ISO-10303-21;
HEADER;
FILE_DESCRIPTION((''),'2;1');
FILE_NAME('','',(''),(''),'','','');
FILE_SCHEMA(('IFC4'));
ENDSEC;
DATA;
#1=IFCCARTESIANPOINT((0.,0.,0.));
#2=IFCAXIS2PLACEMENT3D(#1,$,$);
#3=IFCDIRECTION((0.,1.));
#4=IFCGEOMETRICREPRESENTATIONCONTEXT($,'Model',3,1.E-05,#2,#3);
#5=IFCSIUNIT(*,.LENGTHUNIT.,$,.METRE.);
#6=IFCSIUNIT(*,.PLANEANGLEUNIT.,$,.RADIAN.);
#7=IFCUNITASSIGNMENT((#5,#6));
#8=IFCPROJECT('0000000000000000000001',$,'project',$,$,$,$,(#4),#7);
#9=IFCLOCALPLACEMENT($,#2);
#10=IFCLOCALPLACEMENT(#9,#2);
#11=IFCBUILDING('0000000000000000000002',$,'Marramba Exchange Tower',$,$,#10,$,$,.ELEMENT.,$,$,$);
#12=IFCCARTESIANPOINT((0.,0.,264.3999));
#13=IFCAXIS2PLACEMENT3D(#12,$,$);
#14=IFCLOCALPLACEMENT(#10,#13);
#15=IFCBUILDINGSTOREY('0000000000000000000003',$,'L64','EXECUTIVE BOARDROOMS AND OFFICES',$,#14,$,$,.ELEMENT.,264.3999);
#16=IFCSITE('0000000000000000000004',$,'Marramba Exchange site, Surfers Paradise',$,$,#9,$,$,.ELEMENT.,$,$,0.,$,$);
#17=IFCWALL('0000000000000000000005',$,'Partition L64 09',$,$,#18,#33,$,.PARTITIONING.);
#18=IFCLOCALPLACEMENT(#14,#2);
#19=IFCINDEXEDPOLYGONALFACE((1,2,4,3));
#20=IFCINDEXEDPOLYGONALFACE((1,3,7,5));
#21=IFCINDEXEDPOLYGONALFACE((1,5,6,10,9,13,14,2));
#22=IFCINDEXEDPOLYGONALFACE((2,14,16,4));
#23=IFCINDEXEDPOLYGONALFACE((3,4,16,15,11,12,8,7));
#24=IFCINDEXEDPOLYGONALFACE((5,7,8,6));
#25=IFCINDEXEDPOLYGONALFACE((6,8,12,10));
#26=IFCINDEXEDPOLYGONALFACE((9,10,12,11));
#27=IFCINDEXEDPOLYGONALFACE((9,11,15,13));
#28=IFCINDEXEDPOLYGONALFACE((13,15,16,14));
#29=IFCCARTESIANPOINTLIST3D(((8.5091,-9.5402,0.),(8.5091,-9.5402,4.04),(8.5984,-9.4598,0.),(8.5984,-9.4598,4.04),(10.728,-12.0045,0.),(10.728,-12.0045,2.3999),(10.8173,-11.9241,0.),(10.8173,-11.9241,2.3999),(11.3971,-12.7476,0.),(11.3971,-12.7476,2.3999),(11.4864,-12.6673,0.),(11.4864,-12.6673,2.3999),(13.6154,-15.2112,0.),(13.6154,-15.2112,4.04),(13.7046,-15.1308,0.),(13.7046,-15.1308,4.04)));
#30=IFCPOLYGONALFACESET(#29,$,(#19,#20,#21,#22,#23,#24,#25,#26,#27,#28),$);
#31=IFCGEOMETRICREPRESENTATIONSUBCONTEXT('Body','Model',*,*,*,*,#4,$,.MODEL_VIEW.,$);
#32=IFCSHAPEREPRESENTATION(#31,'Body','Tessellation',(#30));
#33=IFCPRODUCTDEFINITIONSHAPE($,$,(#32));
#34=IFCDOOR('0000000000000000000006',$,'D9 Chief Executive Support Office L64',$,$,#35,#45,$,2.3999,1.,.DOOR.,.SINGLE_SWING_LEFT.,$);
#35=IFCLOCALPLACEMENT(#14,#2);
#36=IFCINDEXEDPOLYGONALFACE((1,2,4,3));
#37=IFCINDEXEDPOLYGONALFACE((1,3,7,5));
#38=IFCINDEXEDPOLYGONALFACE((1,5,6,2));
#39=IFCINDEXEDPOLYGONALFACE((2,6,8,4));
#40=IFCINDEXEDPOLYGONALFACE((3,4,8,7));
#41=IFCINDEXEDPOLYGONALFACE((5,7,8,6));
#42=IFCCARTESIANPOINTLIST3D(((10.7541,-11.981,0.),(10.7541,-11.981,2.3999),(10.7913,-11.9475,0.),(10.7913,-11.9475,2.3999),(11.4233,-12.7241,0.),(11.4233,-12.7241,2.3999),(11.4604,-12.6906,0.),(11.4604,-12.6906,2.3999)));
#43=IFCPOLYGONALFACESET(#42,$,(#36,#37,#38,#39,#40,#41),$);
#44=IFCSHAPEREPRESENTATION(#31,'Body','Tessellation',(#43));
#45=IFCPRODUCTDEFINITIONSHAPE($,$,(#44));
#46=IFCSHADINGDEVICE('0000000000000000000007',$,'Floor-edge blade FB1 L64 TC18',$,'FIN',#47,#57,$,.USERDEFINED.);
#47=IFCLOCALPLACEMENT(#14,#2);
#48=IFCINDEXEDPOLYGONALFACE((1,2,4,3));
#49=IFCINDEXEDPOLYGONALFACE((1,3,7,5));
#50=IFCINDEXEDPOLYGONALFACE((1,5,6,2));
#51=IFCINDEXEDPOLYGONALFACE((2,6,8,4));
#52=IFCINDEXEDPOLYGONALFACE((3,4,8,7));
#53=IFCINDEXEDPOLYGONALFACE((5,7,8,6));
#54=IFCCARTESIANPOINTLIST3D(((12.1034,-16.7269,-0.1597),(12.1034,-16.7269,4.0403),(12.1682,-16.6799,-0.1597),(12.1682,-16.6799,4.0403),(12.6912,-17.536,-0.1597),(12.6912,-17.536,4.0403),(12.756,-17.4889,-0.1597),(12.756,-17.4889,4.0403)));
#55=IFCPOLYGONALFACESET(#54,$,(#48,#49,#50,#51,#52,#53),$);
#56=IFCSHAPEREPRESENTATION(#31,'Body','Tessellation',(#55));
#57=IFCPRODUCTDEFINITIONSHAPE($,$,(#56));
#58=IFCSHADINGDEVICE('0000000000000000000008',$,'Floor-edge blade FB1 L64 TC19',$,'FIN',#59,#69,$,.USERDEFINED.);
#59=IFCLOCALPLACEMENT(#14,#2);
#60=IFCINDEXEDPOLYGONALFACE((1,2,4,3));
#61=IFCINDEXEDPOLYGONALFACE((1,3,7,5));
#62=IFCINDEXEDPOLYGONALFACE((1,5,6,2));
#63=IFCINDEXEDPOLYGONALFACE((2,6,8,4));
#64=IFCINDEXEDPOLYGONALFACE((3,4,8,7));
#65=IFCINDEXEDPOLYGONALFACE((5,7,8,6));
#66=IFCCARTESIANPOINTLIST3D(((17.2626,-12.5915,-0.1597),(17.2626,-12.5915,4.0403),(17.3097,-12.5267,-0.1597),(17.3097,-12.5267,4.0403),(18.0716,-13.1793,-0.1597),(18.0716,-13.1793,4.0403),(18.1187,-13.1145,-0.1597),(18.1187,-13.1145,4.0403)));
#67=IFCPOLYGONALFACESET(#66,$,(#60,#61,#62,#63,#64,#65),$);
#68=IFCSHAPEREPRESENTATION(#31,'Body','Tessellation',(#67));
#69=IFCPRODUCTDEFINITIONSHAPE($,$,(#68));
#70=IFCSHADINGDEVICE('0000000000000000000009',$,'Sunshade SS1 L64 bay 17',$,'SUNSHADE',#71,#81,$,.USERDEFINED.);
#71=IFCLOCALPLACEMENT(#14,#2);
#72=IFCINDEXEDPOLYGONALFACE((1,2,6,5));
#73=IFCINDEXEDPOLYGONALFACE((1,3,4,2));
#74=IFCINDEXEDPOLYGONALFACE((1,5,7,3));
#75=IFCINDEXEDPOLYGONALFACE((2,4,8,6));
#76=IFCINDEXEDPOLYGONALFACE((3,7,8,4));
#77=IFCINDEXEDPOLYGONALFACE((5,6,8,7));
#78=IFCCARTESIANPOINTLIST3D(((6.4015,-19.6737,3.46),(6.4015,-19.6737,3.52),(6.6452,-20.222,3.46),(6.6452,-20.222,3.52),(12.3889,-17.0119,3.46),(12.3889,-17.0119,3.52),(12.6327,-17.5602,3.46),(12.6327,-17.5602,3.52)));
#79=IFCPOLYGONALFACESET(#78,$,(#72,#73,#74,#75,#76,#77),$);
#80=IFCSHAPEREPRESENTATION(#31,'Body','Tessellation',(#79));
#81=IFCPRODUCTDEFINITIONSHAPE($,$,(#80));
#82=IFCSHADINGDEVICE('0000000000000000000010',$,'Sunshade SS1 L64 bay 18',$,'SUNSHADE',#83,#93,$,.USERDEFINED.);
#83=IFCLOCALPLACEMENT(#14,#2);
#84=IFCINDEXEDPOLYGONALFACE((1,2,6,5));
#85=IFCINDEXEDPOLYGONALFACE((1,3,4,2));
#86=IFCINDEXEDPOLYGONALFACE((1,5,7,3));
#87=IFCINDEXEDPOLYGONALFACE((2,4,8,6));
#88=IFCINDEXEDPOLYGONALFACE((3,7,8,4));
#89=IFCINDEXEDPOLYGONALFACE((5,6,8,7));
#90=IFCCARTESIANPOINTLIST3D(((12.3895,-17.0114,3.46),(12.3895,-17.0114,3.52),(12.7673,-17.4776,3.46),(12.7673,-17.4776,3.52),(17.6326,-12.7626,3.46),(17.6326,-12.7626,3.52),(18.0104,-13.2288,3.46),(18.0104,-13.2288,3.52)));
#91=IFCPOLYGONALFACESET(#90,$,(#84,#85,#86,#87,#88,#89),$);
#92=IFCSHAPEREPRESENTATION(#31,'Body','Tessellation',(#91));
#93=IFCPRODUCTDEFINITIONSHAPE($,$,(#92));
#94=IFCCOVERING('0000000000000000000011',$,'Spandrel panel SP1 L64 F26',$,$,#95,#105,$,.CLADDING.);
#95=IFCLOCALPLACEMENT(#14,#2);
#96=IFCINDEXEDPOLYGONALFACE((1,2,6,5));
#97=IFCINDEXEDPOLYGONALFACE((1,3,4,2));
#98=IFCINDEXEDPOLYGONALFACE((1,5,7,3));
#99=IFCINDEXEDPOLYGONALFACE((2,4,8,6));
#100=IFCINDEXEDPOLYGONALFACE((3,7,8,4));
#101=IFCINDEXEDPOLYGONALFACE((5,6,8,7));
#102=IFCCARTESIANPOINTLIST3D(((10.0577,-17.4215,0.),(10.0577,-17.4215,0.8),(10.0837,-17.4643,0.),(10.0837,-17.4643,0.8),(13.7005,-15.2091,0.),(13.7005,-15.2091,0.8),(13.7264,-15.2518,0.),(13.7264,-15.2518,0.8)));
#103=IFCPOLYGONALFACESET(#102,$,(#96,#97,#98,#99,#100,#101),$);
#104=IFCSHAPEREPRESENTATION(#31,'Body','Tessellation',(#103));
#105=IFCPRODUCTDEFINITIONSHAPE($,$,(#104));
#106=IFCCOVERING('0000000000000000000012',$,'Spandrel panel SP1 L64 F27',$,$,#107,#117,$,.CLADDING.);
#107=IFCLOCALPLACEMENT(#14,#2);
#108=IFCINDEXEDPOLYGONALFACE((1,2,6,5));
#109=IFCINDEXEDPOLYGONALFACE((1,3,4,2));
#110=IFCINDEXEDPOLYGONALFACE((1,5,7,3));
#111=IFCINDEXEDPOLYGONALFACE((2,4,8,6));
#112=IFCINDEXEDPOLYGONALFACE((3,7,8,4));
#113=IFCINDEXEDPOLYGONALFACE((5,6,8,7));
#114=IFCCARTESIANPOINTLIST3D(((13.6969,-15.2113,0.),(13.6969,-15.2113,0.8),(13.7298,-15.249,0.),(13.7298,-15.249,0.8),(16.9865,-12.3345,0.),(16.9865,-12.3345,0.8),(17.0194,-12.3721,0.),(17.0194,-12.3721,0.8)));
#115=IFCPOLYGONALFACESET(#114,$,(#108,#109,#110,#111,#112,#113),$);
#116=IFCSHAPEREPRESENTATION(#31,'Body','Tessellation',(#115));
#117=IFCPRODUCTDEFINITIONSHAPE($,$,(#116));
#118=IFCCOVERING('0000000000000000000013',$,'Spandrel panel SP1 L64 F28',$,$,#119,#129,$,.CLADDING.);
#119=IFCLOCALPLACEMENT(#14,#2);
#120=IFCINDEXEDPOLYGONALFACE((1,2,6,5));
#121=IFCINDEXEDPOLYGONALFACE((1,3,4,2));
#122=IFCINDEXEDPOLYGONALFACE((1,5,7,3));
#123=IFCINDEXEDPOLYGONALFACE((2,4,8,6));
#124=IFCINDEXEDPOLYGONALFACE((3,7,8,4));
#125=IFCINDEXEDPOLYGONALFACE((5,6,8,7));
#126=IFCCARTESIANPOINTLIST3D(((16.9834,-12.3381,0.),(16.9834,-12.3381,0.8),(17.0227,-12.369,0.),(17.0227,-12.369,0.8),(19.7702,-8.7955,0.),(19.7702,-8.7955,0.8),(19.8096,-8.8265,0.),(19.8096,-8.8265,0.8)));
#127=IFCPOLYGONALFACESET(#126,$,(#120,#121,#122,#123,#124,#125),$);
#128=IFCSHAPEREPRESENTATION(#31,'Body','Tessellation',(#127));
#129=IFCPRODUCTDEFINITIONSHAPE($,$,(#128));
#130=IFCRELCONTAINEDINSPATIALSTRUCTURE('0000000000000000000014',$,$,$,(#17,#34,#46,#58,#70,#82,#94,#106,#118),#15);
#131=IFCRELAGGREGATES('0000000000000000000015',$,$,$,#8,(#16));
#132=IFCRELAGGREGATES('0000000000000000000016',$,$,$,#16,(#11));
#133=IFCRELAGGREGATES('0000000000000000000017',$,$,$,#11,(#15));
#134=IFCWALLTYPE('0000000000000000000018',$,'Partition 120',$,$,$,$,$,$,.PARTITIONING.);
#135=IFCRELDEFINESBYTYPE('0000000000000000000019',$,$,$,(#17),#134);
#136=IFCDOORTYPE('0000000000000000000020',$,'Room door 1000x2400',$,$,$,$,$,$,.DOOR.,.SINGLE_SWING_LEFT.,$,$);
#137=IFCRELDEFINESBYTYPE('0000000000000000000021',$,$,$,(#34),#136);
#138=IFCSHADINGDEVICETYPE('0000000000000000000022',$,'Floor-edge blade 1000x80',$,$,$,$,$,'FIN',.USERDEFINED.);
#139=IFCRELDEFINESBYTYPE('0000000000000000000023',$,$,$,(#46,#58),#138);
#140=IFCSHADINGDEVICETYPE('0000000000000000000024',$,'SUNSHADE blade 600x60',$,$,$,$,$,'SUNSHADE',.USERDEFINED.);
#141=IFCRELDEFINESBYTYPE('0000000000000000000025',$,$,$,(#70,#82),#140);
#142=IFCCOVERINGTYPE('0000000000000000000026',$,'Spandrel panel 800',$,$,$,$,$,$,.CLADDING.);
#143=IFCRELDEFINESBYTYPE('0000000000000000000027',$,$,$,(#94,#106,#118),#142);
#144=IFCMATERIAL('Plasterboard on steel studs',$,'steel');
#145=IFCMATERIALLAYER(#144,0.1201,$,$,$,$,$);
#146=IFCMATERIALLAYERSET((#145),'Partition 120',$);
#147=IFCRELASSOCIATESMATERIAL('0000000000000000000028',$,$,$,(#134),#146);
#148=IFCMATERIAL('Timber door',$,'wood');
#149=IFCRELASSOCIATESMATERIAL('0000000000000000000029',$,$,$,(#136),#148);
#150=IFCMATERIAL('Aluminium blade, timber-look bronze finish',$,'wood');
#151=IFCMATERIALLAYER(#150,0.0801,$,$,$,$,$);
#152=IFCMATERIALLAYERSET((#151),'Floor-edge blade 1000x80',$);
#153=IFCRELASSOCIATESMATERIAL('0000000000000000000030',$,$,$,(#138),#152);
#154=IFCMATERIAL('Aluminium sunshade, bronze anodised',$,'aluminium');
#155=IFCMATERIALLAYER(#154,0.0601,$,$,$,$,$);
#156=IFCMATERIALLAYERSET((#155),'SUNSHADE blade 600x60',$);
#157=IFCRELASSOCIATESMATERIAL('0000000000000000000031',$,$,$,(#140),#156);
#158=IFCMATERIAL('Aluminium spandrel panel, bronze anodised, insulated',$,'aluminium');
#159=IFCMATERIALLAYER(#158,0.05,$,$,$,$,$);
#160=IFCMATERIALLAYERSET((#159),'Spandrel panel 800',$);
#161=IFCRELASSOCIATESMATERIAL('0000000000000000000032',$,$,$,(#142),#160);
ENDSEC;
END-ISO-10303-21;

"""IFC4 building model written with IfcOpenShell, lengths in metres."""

from ifc_helpers import new_model, si_unit, direction, frame, frame_2d, origin, origin_2d, place, context, subcontext, project, spatial, rectangle, extrude, material, layer, layer_set, type_object, element, fill, save


model = new_model("IFC4")

# Units and contexts
model_context = context("Model", 3, precision=1e-05, world=origin(), true_north=direction((0.0, 1.0)))
body_context = subcontext(model_context, "Body", "Model", "MODEL_VIEW")
ifc_project = project(units=[si_unit("LENGTHUNIT", "METRE"), si_unit("PLANEANGLEUNIT", "RADIAN")], contexts=[model_context])

# Site, building, storey
site_placement = place(None, origin())
site = spatial("IfcSite", under=ifc_project, at=site_placement, Name="Marramba Exchange site, Surfers Paradise", CompositionType="ELEMENT", RefElevation=0.0)
building_placement = place(site_placement, origin())
building = spatial("IfcBuilding", under=site, at=building_placement, Name="Marramba Exchange Tower", CompositionType="ELEMENT")
storey_placement = place(building_placement, frame((0.0, 0.0, 264.3999)))
storey = spatial("IfcBuildingStorey", under=building, at=storey_placement, Name="L64", Description="EXECUTIVE BOARDROOMS AND OFFICES", CompositionType="ELEMENT", Elevation=264.3999)

# Wall, opening, door
ifc_material_1 = material(Name="Plasterboard on steel studs", Category="steel")
ifc_layer_1 = layer(ifc_material_1, 0.1201)
ifc_layer_set_1 = layer_set([ifc_layer_1], Name="Partition 120")
wall_type = type_object("IfcWallType", Name="Partition 120", PredefinedType="PARTITIONING", material=ifc_layer_set_1)
wall_placement = place(storey_placement, frame((13.6599, -15.1709, 0.0), z_axis=(0.0, 0.0, 1.0), x_axis=(-0.669138, 0.743138, 0.0)))
wall = element("IfcWall", 1, at=wall_placement, inside=storey, type_object=wall_type, Name="Partition L64 09", PredefinedType="PARTITIONING", context=body_context, shape_type="SweptSolid", body=[
    extrude(rectangle(XDim=7.6311, YDim=0.1201, at=frame_2d((3.8154, 0.0))), origin(), (0.0, 0.0, 1.0), 4.04),
])
opening_placement = place(wall_placement, frame((3.3149, 0.0, 0.0)))
opening = element("IfcOpeningElement", 2, at=opening_placement, cuts=wall, PredefinedType="OPENING", context=body_context, shape_type="SweptSolid", body=[
    extrude(rectangle(XDim=1.0, YDim=2.3999, at=frame_2d((0.5, 1.2))), frame((0.0, 0.0701, 0.0), z_axis=(0.0, -1.0, 0.0), x_axis=(1.0, 0.0, 0.0)), (0.0, 0.0, 1.0), 0.1401),
])
ifc_material_2 = material(Name="Timber door", Category="wood")
door_type = type_object("IfcDoorType", Name="Room door 1000x2400", OperationType="SINGLE_SWING_LEFT", PredefinedType="DOOR", material=ifc_material_2)
door_placement = place(opening_placement, origin())
door = element("IfcDoor", 3, at=door_placement, inside=storey, type_object=door_type, Name="D9 Chief Executive Support Office L64", OperationType="SINGLE_SWING_LEFT", OverallHeight=2.3999, OverallWidth=1.0, PredefinedType="DOOR", context=body_context, shape_type="SweptSolid", body=[
    extrude(rectangle(XDim=1.0, YDim=2.3999, at=frame_2d((0.5, 1.2))), frame((0.0, 0.0249, 0.0), z_axis=(0.0, -1.0, 0.0), x_axis=(1.0, 0.0, 0.0)), (0.0, 0.0, 1.0), 0.05),
])
fill(opening, door)

# Shading devices
ifc_material_3 = material(Name="Aluminium blade, timber-look bronze finish", Category="wood")
ifc_layer_2 = layer(ifc_material_3, 0.0801)
ifc_layer_set_2 = layer_set([ifc_layer_2], Name="Floor-edge blade 1000x80")
shading_device_type_1 = type_object("IfcShadingDeviceType", Name="Floor-edge blade 1000x80", ElementType="FIN", PredefinedType="USERDEFINED", material=ifc_layer_set_2)
for number, where, z_axis, x_axis, name in (
    (4, (12.4297, -17.1079, -0.1597), (0.0, 0.0, 1.0), (0.587785, -0.809017, 0.0), "Floor-edge blade FB1 L64 TC18"),
    (5, (17.6907, -12.853, -0.1597), (0.0, 0.0, 1.0), (0.809017, -0.587785, 0.0), "Floor-edge blade FB1 L64 TC19"),
):
    element("IfcShadingDevice", number, at=place(storey_placement, frame(where, z_axis=z_axis, x_axis=x_axis)), inside=storey, type_object=shading_device_type_1, Name=name, ObjectType="FIN", PredefinedType="USERDEFINED", context=body_context, shape_type="SweptSolid", body=[
        extrude(rectangle(XDim=1.0, YDim=0.0801, at=origin_2d()), origin(), (0.0, 0.0, 1.0), 4.2),
    ])
ifc_material_4 = material(Name="Aluminium sunshade, bronze anodised", Category="aluminium")
ifc_layer_3 = layer(ifc_material_4, 0.0601)
ifc_layer_set_3 = layer_set([ifc_layer_3], Name="SUNSHADE blade 600x60")
shading_device_type_2 = type_object("IfcShadingDeviceType", Name="SUNSHADE blade 600x60", ElementType="SUNSHADE", PredefinedType="USERDEFINED", material=ifc_layer_set_3)
shading_device_1_placement = place(storey_placement, frame((9.5171, -18.6169, 3.46), z_axis=(0.0, 0.0, 1.0), x_axis=(0.913771, 0.406229, 0.0)))
element("IfcShadingDevice", 6, at=shading_device_1_placement, inside=storey, type_object=shading_device_type_2, Name="Sunshade SS1 L64 bay 17", ObjectType="SUNSHADE", PredefinedType="USERDEFINED", context=body_context, shape_type="SweptSolid", body=[
    extrude(rectangle(XDim=6.5525, YDim=0.6001, at=origin_2d()), origin(), (0.0, 0.0, 1.0), 0.0601),
])
shading_device_2_placement = place(storey_placement, frame((15.2, -15.1201, 3.46), z_axis=(0.0, 0.0, 1.0), x_axis=(0.776928, 0.62959, 0.0)))
element("IfcShadingDevice", 7, at=shading_device_2_placement, inside=storey, type_object=shading_device_type_2, Name="Sunshade SS1 L64 bay 18", ObjectType="SUNSHADE", PredefinedType="USERDEFINED", context=body_context, shape_type="SweptSolid", body=[
    extrude(rectangle(XDim=6.7485, YDim=0.6001, at=origin_2d()), origin(), (0.0, 0.0, 1.0), 0.0601),
])

# Coverings
ifc_material_5 = material(Name="Aluminium spandrel panel, bronze anodised, insulated", Category="aluminium")
ifc_layer_4 = layer(ifc_material_5, 0.05)
ifc_layer_set_4 = layer_set([ifc_layer_4], Name="Spandrel panel 800")
covering_type = type_object("IfcCoveringType", Name="Spandrel panel 800", PredefinedType="CLADDING", material=ifc_layer_set_4)
covering_1_placement = place(storey_placement, frame((11.8921, -16.3367, 0.0), z_axis=(0.0, 0.0, 1.0), x_axis=(0.854704, 0.519115, 0.0)))
element("IfcCovering", 8, at=covering_1_placement, inside=storey, type_object=covering_type, Name="Spandrel panel SP1 L64 F26", PredefinedType="CLADDING", context=body_context, shape_type="SweptSolid", body=[
    extrude(rectangle(XDim=4.262, YDim=0.05, at=origin_2d()), origin(), (0.0, 0.0, 1.0), 0.8),
])
covering_2_placement = place(storey_placement, frame((15.3582, -13.7917, 0.0), z_axis=(0.0, 0.0, 1.0), x_axis=(0.752751, 0.658305, 0.0)))
element("IfcCovering", 9, at=covering_2_placement, inside=storey, type_object=covering_type, Name="Spandrel panel SP1 L64 F27", PredefinedType="CLADDING", context=body_context, shape_type="SweptSolid", body=[
    extrude(rectangle(XDim=4.3701, YDim=0.05, at=origin_2d()), origin(), (0.0, 0.0, 1.0), 0.8),
])
covering_3_placement = place(storey_placement, frame((18.3965, -10.5823, 0.0), z_axis=(0.0, 0.0, 1.0), x_axis=(0.618291, 0.78595, 0.0)))
element("IfcCovering", 10, at=covering_3_placement, inside=storey, type_object=covering_type, Name="Spandrel panel SP1 L64 F28", PredefinedType="CLADDING", context=body_context, shape_type="SweptSolid", body=[
    extrude(rectangle(XDim=4.5073, YDim=0.05, at=origin_2d()), origin(), (0.0, 0.0, 1.0), 0.8),
])

save(model, "model.ifc")
